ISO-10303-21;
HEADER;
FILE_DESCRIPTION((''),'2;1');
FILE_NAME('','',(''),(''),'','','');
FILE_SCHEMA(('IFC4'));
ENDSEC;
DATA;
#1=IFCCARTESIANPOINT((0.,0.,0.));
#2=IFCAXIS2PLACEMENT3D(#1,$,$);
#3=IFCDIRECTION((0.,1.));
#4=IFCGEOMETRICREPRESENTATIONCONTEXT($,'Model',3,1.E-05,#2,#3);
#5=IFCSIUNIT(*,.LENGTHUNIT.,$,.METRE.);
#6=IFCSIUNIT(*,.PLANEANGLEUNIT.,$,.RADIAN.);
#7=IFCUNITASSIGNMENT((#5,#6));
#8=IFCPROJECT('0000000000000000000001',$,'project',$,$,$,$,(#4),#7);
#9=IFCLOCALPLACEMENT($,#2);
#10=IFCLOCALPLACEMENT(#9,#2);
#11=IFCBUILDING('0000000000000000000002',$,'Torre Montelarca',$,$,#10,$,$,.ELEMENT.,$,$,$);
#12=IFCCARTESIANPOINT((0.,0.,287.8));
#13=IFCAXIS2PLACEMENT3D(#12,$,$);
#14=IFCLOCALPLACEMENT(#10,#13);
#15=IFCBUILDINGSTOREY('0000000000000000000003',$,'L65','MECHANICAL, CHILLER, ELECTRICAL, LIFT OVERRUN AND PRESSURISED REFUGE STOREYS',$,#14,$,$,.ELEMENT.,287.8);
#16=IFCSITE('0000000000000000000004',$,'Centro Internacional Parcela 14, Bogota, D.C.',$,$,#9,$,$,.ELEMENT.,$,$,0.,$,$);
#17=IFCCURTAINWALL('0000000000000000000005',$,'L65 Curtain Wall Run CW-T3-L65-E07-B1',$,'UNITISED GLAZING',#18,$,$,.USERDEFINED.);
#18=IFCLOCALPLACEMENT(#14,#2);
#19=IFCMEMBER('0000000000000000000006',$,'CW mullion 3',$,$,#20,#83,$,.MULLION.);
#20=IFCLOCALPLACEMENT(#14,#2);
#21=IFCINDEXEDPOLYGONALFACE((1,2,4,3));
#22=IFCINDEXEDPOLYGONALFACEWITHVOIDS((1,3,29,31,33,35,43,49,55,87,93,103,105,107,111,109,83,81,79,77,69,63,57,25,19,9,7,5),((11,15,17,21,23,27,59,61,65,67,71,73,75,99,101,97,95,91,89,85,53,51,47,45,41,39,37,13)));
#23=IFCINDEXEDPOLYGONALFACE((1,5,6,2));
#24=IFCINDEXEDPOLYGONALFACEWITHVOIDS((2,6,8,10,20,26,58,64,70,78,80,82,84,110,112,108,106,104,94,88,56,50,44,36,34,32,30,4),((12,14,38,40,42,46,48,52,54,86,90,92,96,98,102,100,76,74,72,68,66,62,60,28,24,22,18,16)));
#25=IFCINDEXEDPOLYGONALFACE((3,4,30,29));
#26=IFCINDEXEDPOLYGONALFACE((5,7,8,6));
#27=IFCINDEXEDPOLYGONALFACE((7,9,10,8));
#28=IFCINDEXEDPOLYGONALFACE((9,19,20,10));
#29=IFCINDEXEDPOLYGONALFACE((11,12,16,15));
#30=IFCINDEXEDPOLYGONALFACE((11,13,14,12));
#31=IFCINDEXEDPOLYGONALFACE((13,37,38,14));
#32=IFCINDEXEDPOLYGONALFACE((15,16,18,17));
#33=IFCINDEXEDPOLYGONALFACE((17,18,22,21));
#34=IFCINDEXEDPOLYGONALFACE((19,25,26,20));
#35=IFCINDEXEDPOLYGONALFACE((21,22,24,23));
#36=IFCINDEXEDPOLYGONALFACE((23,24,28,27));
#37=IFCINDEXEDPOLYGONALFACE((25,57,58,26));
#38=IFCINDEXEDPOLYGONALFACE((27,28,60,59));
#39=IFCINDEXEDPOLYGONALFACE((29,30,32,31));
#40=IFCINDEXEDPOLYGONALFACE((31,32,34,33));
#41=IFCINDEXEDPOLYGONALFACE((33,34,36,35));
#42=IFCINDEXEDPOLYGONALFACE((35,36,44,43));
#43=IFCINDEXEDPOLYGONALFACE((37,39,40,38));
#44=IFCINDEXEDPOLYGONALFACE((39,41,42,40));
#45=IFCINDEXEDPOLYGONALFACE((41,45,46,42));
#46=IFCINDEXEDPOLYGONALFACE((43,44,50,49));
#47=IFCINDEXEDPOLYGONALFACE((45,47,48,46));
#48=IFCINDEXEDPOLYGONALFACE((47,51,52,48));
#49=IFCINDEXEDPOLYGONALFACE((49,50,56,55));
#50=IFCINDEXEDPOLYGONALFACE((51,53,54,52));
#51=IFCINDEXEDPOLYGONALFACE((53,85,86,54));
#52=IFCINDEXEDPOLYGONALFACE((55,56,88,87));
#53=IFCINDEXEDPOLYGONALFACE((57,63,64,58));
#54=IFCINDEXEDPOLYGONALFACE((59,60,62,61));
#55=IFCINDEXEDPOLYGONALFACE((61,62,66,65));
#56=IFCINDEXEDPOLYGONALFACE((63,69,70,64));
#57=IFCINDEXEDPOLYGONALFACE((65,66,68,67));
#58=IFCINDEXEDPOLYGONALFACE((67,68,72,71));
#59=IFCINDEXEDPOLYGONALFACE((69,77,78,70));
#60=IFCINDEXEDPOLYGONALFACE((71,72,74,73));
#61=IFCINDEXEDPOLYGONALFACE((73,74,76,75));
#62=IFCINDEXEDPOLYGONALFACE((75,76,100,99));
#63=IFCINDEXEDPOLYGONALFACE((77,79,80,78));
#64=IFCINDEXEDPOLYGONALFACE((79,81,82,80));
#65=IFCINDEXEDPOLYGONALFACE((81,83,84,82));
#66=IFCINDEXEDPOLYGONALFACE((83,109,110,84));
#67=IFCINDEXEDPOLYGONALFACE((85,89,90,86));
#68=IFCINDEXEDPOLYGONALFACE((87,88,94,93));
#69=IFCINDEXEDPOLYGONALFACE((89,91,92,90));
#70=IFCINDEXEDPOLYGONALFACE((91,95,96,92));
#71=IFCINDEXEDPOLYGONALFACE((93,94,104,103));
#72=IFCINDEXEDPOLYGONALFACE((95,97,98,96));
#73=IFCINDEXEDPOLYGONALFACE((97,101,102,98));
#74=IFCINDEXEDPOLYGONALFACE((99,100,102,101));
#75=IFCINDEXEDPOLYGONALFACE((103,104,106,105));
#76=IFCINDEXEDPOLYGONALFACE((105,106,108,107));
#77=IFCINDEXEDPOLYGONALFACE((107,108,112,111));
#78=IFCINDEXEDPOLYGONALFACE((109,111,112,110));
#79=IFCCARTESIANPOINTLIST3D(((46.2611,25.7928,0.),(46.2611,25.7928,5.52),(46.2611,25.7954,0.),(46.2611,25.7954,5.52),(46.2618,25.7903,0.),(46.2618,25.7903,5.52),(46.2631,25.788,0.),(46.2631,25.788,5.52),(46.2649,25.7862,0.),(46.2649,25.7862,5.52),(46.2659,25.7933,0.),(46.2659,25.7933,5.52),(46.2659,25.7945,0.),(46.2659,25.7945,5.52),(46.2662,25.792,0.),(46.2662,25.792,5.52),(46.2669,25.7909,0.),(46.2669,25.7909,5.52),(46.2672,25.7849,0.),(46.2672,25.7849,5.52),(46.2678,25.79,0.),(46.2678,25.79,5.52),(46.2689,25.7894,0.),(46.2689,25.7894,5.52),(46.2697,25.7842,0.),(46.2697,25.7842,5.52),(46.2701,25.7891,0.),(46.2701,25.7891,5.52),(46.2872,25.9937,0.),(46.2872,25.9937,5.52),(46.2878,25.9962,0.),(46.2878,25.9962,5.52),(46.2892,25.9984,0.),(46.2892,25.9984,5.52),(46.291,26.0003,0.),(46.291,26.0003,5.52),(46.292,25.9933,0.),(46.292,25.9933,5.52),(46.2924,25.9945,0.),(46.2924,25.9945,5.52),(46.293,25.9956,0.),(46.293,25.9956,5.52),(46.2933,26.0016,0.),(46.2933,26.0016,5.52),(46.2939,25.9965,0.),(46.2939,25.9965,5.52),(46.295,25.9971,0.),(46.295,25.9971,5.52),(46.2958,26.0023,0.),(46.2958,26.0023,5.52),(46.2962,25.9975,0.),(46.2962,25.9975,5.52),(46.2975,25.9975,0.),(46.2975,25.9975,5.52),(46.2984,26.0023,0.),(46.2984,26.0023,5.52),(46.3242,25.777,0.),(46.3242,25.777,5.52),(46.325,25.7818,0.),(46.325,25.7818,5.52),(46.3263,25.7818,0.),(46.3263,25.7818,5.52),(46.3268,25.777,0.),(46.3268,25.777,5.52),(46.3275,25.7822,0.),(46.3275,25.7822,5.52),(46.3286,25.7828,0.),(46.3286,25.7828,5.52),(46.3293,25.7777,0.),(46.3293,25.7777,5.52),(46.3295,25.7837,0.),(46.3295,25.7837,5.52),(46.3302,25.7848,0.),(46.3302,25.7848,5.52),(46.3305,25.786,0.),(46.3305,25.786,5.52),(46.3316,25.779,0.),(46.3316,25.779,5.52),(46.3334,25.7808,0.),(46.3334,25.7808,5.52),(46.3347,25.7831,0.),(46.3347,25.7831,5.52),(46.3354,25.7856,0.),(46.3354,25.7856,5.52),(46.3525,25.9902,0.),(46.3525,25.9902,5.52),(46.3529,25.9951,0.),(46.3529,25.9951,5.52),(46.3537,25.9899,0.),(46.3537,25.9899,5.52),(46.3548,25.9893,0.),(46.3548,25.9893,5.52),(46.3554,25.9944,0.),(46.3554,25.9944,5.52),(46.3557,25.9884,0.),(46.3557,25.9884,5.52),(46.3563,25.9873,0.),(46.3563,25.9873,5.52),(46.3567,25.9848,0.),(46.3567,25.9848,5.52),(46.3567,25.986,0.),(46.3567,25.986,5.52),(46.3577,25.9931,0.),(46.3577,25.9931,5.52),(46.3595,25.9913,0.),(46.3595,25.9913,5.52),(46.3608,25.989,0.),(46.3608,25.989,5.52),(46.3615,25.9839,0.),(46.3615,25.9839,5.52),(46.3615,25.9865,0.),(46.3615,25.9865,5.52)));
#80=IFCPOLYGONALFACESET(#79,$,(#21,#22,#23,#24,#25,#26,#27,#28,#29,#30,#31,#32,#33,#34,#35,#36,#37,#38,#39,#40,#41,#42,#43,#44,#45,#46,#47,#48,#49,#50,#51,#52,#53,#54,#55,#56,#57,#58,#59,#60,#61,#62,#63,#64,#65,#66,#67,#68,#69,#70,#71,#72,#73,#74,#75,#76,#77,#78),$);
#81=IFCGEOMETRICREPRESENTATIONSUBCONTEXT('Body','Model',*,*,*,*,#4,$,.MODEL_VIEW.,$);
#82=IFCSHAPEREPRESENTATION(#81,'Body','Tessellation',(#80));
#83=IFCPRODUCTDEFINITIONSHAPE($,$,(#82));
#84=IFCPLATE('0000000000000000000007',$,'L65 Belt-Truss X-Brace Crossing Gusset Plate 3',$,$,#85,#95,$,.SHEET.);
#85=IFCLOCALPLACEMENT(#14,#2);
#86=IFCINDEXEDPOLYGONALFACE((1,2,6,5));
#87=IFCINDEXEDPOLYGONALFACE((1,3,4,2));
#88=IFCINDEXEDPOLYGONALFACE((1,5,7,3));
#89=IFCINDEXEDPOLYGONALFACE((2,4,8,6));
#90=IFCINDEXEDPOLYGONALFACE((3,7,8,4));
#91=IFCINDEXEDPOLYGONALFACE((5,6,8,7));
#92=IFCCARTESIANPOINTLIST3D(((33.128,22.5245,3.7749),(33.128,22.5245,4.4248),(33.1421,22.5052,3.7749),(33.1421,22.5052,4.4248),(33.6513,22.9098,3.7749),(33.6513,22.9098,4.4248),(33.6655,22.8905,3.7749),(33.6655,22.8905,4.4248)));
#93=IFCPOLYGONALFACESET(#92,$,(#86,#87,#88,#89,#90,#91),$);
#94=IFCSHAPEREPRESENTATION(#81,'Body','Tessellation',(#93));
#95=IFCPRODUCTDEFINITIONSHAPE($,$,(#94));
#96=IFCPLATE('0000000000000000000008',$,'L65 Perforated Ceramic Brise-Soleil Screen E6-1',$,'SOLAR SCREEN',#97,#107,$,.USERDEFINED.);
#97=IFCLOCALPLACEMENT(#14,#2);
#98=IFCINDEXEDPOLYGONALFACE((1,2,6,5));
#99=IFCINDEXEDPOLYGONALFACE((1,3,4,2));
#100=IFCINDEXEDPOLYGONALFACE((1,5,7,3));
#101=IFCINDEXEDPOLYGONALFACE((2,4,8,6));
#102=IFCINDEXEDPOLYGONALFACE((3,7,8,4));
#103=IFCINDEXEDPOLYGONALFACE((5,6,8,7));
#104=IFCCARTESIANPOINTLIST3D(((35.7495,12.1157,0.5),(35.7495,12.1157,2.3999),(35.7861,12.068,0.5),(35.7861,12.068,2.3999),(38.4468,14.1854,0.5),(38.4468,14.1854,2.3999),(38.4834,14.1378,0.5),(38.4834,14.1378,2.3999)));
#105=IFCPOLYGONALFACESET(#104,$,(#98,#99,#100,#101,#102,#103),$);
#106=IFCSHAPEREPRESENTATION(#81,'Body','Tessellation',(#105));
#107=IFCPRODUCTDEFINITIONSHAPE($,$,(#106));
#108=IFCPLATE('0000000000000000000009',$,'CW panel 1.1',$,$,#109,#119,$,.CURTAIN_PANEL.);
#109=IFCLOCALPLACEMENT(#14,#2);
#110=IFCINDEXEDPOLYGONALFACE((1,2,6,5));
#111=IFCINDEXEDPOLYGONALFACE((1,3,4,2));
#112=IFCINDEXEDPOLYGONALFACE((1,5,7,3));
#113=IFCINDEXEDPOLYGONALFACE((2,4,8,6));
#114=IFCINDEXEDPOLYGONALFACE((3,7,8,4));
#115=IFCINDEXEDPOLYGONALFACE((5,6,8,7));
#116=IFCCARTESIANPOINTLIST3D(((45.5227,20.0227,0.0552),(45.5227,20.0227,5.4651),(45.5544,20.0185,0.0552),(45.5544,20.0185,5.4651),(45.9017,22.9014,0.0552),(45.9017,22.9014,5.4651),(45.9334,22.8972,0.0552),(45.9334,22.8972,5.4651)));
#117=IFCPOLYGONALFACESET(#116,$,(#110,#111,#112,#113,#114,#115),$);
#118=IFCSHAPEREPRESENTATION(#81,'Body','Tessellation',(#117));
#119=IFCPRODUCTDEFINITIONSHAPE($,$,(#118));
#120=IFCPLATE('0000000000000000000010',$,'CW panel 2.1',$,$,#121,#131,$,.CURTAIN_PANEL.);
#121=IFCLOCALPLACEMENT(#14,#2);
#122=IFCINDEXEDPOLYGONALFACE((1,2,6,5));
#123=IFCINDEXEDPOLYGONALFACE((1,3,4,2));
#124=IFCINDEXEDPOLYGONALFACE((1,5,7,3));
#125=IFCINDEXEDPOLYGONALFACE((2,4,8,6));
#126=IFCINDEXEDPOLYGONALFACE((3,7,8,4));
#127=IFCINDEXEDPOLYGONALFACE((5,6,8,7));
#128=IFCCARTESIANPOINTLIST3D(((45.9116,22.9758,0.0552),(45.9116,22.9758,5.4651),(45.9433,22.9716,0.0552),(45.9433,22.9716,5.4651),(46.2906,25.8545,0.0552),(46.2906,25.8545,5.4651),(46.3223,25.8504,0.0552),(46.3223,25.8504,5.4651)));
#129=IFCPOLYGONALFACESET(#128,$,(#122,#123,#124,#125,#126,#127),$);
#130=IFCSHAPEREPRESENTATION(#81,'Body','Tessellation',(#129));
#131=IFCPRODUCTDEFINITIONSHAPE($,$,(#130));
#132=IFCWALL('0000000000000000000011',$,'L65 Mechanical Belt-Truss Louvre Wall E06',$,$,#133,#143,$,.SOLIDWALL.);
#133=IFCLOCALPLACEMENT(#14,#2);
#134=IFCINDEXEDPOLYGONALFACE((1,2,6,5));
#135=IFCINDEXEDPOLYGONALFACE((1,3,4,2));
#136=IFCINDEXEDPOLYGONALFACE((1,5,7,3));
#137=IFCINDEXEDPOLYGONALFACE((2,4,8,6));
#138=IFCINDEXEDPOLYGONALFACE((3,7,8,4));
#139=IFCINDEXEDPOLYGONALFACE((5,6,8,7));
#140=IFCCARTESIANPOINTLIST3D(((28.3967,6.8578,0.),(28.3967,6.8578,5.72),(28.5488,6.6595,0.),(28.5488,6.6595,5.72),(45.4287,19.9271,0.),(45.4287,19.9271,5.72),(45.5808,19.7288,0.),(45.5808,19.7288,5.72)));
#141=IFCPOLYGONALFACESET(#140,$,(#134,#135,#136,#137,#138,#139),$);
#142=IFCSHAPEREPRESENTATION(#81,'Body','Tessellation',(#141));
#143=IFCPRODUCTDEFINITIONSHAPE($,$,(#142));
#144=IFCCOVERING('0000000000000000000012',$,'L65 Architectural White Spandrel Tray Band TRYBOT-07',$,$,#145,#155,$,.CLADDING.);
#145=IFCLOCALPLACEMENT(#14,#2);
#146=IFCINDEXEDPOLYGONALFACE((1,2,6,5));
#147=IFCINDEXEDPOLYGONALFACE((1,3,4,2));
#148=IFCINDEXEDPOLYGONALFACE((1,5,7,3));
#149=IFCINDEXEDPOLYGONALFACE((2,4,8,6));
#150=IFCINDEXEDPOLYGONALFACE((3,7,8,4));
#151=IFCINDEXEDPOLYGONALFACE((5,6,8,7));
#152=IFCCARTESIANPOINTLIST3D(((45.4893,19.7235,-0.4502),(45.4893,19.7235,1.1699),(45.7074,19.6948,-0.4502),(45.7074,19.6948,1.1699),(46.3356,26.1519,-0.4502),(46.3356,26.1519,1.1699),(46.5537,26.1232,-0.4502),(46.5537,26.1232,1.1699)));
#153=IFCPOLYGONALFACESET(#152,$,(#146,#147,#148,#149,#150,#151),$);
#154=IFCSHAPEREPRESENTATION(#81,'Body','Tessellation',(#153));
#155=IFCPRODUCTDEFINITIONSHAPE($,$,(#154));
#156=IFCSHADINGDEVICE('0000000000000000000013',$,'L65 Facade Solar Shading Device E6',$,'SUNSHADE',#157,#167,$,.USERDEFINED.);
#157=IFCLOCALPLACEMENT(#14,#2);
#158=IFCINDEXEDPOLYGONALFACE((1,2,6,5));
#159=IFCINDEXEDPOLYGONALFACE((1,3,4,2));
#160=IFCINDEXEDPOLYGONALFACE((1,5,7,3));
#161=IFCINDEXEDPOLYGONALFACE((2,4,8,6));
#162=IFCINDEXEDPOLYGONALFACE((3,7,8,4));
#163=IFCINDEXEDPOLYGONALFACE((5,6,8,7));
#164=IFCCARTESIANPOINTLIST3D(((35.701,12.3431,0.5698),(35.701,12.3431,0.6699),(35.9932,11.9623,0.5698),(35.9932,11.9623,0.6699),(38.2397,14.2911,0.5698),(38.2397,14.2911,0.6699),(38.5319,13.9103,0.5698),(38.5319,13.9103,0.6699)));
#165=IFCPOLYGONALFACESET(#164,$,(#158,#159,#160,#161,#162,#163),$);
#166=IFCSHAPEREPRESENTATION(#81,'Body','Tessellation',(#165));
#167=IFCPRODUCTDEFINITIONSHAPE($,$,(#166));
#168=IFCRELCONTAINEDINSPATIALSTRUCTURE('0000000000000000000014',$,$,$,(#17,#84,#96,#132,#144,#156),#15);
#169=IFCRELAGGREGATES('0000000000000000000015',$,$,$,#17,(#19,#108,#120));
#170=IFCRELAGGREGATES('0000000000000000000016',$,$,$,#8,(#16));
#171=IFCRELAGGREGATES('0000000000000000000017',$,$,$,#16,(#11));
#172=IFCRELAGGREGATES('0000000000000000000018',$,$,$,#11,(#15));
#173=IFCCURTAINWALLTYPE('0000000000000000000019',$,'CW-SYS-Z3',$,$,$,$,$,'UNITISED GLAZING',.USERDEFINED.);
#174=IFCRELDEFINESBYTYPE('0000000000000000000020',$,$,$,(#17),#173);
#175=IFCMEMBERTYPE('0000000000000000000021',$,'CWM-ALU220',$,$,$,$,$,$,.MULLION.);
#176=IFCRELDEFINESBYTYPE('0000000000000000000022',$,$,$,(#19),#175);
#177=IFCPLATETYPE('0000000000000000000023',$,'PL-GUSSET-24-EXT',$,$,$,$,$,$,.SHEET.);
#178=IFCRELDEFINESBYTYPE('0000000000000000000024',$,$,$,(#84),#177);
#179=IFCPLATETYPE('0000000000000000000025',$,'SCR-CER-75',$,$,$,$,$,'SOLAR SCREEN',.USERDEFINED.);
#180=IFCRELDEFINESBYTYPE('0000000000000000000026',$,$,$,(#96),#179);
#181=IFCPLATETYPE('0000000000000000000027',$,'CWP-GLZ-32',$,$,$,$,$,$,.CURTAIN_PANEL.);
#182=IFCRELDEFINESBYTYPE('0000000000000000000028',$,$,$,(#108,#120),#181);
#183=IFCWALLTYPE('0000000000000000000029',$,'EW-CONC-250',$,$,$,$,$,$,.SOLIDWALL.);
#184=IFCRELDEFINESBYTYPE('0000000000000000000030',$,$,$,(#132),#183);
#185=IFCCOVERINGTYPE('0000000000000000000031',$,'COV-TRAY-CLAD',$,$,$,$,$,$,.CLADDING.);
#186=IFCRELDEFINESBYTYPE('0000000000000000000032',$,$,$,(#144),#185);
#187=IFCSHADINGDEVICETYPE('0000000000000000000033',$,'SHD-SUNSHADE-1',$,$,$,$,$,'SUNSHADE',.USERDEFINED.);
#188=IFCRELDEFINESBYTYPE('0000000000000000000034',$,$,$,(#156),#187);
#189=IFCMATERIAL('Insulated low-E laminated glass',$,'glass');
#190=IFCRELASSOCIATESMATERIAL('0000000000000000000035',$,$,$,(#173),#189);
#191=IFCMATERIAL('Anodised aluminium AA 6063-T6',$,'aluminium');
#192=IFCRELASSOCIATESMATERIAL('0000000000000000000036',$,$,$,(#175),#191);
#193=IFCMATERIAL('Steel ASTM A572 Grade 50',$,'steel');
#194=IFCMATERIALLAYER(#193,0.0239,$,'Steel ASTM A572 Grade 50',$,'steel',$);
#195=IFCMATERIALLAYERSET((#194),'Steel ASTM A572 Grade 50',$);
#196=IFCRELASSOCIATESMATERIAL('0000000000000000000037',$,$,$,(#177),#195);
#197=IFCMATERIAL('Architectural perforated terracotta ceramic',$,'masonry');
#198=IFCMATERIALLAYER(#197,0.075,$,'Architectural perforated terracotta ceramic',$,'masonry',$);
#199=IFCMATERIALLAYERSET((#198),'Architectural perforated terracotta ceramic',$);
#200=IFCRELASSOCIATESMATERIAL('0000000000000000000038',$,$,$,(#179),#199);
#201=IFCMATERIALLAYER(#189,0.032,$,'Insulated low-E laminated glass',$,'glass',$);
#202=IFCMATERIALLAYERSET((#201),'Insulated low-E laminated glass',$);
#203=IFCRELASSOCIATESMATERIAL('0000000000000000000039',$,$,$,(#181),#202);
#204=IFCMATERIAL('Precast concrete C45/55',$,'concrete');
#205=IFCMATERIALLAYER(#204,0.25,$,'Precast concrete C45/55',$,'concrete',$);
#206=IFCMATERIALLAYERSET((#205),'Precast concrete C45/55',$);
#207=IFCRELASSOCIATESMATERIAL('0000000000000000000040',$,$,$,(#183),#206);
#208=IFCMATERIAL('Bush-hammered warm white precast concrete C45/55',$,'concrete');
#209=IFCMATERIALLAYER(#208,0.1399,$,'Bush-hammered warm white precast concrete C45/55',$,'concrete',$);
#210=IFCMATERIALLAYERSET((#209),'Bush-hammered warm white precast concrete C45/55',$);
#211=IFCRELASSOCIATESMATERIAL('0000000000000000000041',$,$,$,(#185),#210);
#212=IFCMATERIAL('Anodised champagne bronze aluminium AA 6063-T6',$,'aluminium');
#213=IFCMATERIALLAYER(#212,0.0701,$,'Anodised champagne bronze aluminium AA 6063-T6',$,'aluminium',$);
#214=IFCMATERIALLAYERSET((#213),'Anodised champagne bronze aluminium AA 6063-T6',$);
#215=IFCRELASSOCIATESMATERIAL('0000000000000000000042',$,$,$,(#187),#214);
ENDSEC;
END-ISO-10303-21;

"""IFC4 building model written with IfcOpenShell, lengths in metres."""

from ifc_helpers import new_model, si_unit, direction, frame, frame_2d, origin, origin_2d, place, context, subcontext, project, spatial, rectangle, hollow_rectangle, extrude, source, transform, mapped, material, layer, layer_set, material_profile, profile_set, type_object, element, aggregate, save


model = new_model("IFC4")

# Units and contexts
model_context = context("Model", 3, precision=1e-05, world=origin(), true_north=direction((0.0, 1.0)))
body_context = subcontext(model_context, "Body", "Model", "MODEL_VIEW")
ifc_project = project(units=[si_unit("LENGTHUNIT", "METRE"), si_unit("PLANEANGLEUNIT", "RADIAN")], contexts=[model_context])

# Site, building, storey
site_placement = place(None, origin())
site = spatial("IfcSite", under=ifc_project, at=site_placement, Name="Centro Internacional Parcela 14, Bogota, D.C.", CompositionType="ELEMENT", RefElevation=0.0)
building_placement = place(site_placement, origin())
building = spatial("IfcBuilding", under=site, at=building_placement, Name="Torre Montelarca", CompositionType="ELEMENT")
storey_placement = place(building_placement, frame((0.0, 0.0, 287.8)))
storey = spatial("IfcBuildingStorey", under=building, at=storey_placement, Name="L65", Description="MECHANICAL, CHILLER, ELECTRICAL, LIFT OVERRUN AND PRESSURISED REFUGE STOREYS", CompositionType="ELEMENT", Elevation=287.8)

# Curtain wall, member
ifc_material_1 = material(Name="Insulated low-E laminated glass", Category="glass")
curtain_wall_type = type_object("IfcCurtainWallType", Name="CW-SYS-Z3", ElementType="UNITISED GLAZING", PredefinedType="USERDEFINED", material=ifc_material_1)
curtain_wall_placement = place(storey_placement, origin())
curtain_wall = element("IfcCurtainWall", 1, at=curtain_wall_placement, inside=storey, type_object=curtain_wall_type, Name="L65 Curtain Wall Run CW-T3-L65-E07-B1", ObjectType="UNITISED GLAZING", PredefinedType="USERDEFINED")
ifc_material_2 = material(Name="Anodised aluminium AA 6063-T6", Category="aluminium")
ifc_material_profile_1 = material_profile(ifc_material_2, hollow_rectangle(XDim=0.075, YDim=0.22, WallThickness=0.0049, InnerFilletRadius=0.0049, OuterFilletRadius=0.01, at=origin_2d()), Name="ALU75X220X5", Category="aluminium")
ifc_profile_set_1 = profile_set([ifc_material_profile_1], Name="Anodised aluminium AA 6063-T6")
member_type_1 = type_object("IfcMemberType", Name="CWM-ALU220", PredefinedType="MULLION", material=ifc_profile_set_1)
shared_shape_1 = source(origin(), body_context, "Body", "SweptSolid", [
    extrude(hollow_rectangle(XDim=0.075, YDim=0.22, WallThickness=0.0049, InnerFilletRadius=0.0049, OuterFilletRadius=0.01, at=origin_2d()), origin(), (0.0, 0.0, 1.0), 5.52),
])
member_1_placement = place(storey_placement, frame((46.3113, 25.8896, 0.0), z_axis=(0.0, 0.0, 1.0), x_axis=(-0.991446, 0.130514, 0.0)))
member_1 = element("IfcMember", 2, at=member_1_placement, type_object=member_type_1, Name="CW mullion 3", PredefinedType="MULLION", context=body_context, shape_type="MappedRepresentation", body=[
    mapped(shared_shape_1, transform((0.0, 0.0, 0.0), scale=1.0)),
])

# Plates
ifc_material_3 = material(Name="Steel ASTM A572 Grade 50", Category="steel")
ifc_layer_1 = layer(ifc_material_3, 0.0239, Name="Steel ASTM A572 Grade 50", Category="steel")
ifc_layer_set_1 = layer_set([ifc_layer_1], Name="Steel ASTM A572 Grade 50")
plate_type_1 = type_object("IfcPlateType", Name="PL-GUSSET-24-EXT", PredefinedType="SHEET", material=ifc_layer_set_1)
shared_shape_2 = source(origin(), body_context, "Body", "SweptSolid", [
    extrude(rectangle(XDim=0.6499, YDim=0.0239, at=origin_2d()), origin(), (0.0, 0.0, 1.0), 0.6499),
])
plate_1_placement = place(storey_placement, frame((33.3967, 22.7075, 3.7749), z_axis=(0.0, 0.0, 1.0), x_axis=(0.805308, 0.592857, 0.0)))
element("IfcPlate", 3, at=plate_1_placement, inside=storey, type_object=plate_type_1, Name="L65 Belt-Truss X-Brace Crossing Gusset Plate 3", PredefinedType="SHEET", context=body_context, shape_type="MappedRepresentation", body=[
    mapped(shared_shape_2, transform((0.0, 0.0, 0.0), scale=1.0)),
])
ifc_material_4 = material(Name="Architectural perforated terracotta ceramic", Category="masonry")
ifc_layer_2 = layer(ifc_material_4, 0.075, Name="Architectural perforated terracotta ceramic", Category="masonry")
ifc_layer_set_2 = layer_set([ifc_layer_2], Name="Architectural perforated terracotta ceramic")
plate_type_2 = type_object("IfcPlateType", Name="SCR-CER-75", ElementType="SOLAR SCREEN", PredefinedType="USERDEFINED", material=ifc_layer_set_2)
shared_shape_3 = source(origin(), body_context, "Body", "SweptSolid", [
    extrude(rectangle(XDim=3.3999, YDim=0.0601, at=origin_2d()), origin(), (0.0, 0.0, 1.0), 1.8999),
])
plate_2_placement = place(storey_placement, frame((37.1165, 13.1267, 0.5), z_axis=(0.0, 0.0, 1.0), x_axis=(0.793351, 0.608764, 0.0)))
element("IfcPlate", 4, at=plate_2_placement, inside=storey, type_object=plate_type_2, Name="L65 Perforated Ceramic Brise-Soleil Screen E6-1", ObjectType="SOLAR SCREEN", PredefinedType="USERDEFINED", context=body_context, shape_type="MappedRepresentation", body=[
    mapped(shared_shape_3, transform((0.0, 0.0, 0.0), scale=1.0)),
])

# Plates
ifc_layer_3 = layer(ifc_material_1, 0.032, Name="Insulated low-E laminated glass", Category="glass")
ifc_layer_set_3 = layer_set([ifc_layer_3], Name="Insulated low-E laminated glass")
plate_type_3 = type_object("IfcPlateType", Name="CWP-GLZ-32", PredefinedType="CURTAIN_PANEL", material=ifc_layer_set_3)
shared_shape_4 = source(origin(), body_context, "Body", "SweptSolid", [
    extrude(rectangle(XDim=2.9036, YDim=0.032, at=origin_2d()), origin(), (0.0, 0.0, 1.0), 5.4099),
])
plate_3_placement = place(storey_placement, frame((45.728, 21.46, 0.0552), z_axis=(0.0, 0.0, 1.0), x_axis=(0.130514, 0.991446, 0.0)))
plate_3 = element("IfcPlate", 5, at=plate_3_placement, type_object=plate_type_3, Name="CW panel 1.1", PredefinedType="CURTAIN_PANEL", context=body_context, shape_type="MappedRepresentation", body=[
    mapped(shared_shape_4, transform((0.0, 0.0, 0.0), scale=1.0)),
])
plate_4_placement = place(storey_placement, frame((46.1169, 24.4131, 0.0552), z_axis=(0.0, 0.0, 1.0), x_axis=(0.130514, 0.991446, 0.0)))
plate_4 = element("IfcPlate", 6, at=plate_4_placement, type_object=plate_type_3, Name="CW panel 2.1", PredefinedType="CURTAIN_PANEL", context=body_context, shape_type="MappedRepresentation", body=[
    mapped(shared_shape_4, transform((0.0, 0.0, 0.0), scale=1.0)),
])
aggregate(curtain_wall, [member_1, plate_3, plate_4])

# Wall
ifc_material_5 = material(Name="Precast concrete C45/55", Category="concrete")
ifc_layer_4 = layer(ifc_material_5, 0.25, Name="Precast concrete C45/55", Category="concrete")
ifc_layer_set_4 = layer_set([ifc_layer_4], Name="Precast concrete C45/55")
wall_type = type_object("IfcWallType", Name="EW-CONC-250", PredefinedType="SOLIDWALL", material=ifc_layer_set_4)
wall_placement = place(storey_placement, frame((28.4727, 6.7585, 0.0), z_axis=(0.0, 0.0, 1.0), x_axis=(0.793348, 0.608768, 0.0)))
element("IfcWall", 7, at=wall_placement, inside=storey, type_object=wall_type, Name="L65 Mechanical Belt-Truss Louvre Wall E06", PredefinedType="SOLIDWALL", context=body_context, shape_type="SweptSolid", body=[
    extrude(rectangle(XDim=21.4685, YDim=0.25, at=frame_2d((10.7344, 0.0))), origin(), (0.0, 0.0, 1.0), 5.72),
])

# Covering
ifc_material_6 = material(Name="Bush-hammered warm white precast concrete C45/55", Category="concrete")
ifc_layer_5 = layer(ifc_material_6, 0.1399, Name="Bush-hammered warm white precast concrete C45/55", Category="concrete")
ifc_layer_set_5 = layer_set([ifc_layer_5], Name="Bush-hammered warm white precast concrete C45/55")
covering_type = type_object("IfcCoveringType", Name="COV-TRAY-CLAD", PredefinedType="CLADDING", material=ifc_layer_set_5)
shared_shape_5 = source(origin(), body_context, "Body", "SweptSolid", [
    extrude(rectangle(XDim=6.4839, YDim=0.22, at=origin_2d()), origin(), (0.0, 0.0, 1.0), 1.6201),
])
covering_1_placement = place(storey_placement, frame((46.0215, 22.9233, -0.4502), z_axis=(0.0, 0.0, 1.0), x_axis=(0.130531, 0.991444, 0.0)))
element("IfcCovering", 8, at=covering_1_placement, inside=storey, type_object=covering_type, Name="L65 Architectural White Spandrel Tray Band TRYBOT-07", PredefinedType="CLADDING", context=body_context, shape_type="MappedRepresentation", body=[
    mapped(shared_shape_5, transform((0.0, 0.0, 0.0), scale=1.0)),
])

# Shading device
ifc_material_7 = material(Name="Anodised champagne bronze aluminium AA 6063-T6", Category="aluminium")
ifc_layer_6 = layer(ifc_material_7, 0.0701, Name="Anodised champagne bronze aluminium AA 6063-T6", Category="aluminium")
ifc_layer_set_6 = layer_set([ifc_layer_6], Name="Anodised champagne bronze aluminium AA 6063-T6")
shading_device_type_1 = type_object("IfcShadingDeviceType", Name="SHD-SUNSHADE-1", ElementType="SUNSHADE", PredefinedType="USERDEFINED", material=ifc_layer_set_6)
shared_shape_6 = source(origin(), body_context, "Body", "SweptSolid", [
    extrude(rectangle(XDim=3.2, YDim=0.48, at=origin_2d()), origin(), (0.0, 0.0, 1.0), 0.1001),
])
shading_device_1_placement = place(storey_placement, frame((37.1165, 13.1267, 0.5698), z_axis=(0.0, 0.0, 1.0), x_axis=(0.793351, 0.608764, 0.0)))
element("IfcShadingDevice", 9, at=shading_device_1_placement, inside=storey, type_object=shading_device_type_1, Name="L65 Facade Solar Shading Device E6", ObjectType="SUNSHADE", PredefinedType="USERDEFINED", context=body_context, shape_type="MappedRepresentation", body=[
    mapped(shared_shape_6, transform((0.0, 0.0, 0.0), scale=1.0)),
])

save(model, "model.ifc")
